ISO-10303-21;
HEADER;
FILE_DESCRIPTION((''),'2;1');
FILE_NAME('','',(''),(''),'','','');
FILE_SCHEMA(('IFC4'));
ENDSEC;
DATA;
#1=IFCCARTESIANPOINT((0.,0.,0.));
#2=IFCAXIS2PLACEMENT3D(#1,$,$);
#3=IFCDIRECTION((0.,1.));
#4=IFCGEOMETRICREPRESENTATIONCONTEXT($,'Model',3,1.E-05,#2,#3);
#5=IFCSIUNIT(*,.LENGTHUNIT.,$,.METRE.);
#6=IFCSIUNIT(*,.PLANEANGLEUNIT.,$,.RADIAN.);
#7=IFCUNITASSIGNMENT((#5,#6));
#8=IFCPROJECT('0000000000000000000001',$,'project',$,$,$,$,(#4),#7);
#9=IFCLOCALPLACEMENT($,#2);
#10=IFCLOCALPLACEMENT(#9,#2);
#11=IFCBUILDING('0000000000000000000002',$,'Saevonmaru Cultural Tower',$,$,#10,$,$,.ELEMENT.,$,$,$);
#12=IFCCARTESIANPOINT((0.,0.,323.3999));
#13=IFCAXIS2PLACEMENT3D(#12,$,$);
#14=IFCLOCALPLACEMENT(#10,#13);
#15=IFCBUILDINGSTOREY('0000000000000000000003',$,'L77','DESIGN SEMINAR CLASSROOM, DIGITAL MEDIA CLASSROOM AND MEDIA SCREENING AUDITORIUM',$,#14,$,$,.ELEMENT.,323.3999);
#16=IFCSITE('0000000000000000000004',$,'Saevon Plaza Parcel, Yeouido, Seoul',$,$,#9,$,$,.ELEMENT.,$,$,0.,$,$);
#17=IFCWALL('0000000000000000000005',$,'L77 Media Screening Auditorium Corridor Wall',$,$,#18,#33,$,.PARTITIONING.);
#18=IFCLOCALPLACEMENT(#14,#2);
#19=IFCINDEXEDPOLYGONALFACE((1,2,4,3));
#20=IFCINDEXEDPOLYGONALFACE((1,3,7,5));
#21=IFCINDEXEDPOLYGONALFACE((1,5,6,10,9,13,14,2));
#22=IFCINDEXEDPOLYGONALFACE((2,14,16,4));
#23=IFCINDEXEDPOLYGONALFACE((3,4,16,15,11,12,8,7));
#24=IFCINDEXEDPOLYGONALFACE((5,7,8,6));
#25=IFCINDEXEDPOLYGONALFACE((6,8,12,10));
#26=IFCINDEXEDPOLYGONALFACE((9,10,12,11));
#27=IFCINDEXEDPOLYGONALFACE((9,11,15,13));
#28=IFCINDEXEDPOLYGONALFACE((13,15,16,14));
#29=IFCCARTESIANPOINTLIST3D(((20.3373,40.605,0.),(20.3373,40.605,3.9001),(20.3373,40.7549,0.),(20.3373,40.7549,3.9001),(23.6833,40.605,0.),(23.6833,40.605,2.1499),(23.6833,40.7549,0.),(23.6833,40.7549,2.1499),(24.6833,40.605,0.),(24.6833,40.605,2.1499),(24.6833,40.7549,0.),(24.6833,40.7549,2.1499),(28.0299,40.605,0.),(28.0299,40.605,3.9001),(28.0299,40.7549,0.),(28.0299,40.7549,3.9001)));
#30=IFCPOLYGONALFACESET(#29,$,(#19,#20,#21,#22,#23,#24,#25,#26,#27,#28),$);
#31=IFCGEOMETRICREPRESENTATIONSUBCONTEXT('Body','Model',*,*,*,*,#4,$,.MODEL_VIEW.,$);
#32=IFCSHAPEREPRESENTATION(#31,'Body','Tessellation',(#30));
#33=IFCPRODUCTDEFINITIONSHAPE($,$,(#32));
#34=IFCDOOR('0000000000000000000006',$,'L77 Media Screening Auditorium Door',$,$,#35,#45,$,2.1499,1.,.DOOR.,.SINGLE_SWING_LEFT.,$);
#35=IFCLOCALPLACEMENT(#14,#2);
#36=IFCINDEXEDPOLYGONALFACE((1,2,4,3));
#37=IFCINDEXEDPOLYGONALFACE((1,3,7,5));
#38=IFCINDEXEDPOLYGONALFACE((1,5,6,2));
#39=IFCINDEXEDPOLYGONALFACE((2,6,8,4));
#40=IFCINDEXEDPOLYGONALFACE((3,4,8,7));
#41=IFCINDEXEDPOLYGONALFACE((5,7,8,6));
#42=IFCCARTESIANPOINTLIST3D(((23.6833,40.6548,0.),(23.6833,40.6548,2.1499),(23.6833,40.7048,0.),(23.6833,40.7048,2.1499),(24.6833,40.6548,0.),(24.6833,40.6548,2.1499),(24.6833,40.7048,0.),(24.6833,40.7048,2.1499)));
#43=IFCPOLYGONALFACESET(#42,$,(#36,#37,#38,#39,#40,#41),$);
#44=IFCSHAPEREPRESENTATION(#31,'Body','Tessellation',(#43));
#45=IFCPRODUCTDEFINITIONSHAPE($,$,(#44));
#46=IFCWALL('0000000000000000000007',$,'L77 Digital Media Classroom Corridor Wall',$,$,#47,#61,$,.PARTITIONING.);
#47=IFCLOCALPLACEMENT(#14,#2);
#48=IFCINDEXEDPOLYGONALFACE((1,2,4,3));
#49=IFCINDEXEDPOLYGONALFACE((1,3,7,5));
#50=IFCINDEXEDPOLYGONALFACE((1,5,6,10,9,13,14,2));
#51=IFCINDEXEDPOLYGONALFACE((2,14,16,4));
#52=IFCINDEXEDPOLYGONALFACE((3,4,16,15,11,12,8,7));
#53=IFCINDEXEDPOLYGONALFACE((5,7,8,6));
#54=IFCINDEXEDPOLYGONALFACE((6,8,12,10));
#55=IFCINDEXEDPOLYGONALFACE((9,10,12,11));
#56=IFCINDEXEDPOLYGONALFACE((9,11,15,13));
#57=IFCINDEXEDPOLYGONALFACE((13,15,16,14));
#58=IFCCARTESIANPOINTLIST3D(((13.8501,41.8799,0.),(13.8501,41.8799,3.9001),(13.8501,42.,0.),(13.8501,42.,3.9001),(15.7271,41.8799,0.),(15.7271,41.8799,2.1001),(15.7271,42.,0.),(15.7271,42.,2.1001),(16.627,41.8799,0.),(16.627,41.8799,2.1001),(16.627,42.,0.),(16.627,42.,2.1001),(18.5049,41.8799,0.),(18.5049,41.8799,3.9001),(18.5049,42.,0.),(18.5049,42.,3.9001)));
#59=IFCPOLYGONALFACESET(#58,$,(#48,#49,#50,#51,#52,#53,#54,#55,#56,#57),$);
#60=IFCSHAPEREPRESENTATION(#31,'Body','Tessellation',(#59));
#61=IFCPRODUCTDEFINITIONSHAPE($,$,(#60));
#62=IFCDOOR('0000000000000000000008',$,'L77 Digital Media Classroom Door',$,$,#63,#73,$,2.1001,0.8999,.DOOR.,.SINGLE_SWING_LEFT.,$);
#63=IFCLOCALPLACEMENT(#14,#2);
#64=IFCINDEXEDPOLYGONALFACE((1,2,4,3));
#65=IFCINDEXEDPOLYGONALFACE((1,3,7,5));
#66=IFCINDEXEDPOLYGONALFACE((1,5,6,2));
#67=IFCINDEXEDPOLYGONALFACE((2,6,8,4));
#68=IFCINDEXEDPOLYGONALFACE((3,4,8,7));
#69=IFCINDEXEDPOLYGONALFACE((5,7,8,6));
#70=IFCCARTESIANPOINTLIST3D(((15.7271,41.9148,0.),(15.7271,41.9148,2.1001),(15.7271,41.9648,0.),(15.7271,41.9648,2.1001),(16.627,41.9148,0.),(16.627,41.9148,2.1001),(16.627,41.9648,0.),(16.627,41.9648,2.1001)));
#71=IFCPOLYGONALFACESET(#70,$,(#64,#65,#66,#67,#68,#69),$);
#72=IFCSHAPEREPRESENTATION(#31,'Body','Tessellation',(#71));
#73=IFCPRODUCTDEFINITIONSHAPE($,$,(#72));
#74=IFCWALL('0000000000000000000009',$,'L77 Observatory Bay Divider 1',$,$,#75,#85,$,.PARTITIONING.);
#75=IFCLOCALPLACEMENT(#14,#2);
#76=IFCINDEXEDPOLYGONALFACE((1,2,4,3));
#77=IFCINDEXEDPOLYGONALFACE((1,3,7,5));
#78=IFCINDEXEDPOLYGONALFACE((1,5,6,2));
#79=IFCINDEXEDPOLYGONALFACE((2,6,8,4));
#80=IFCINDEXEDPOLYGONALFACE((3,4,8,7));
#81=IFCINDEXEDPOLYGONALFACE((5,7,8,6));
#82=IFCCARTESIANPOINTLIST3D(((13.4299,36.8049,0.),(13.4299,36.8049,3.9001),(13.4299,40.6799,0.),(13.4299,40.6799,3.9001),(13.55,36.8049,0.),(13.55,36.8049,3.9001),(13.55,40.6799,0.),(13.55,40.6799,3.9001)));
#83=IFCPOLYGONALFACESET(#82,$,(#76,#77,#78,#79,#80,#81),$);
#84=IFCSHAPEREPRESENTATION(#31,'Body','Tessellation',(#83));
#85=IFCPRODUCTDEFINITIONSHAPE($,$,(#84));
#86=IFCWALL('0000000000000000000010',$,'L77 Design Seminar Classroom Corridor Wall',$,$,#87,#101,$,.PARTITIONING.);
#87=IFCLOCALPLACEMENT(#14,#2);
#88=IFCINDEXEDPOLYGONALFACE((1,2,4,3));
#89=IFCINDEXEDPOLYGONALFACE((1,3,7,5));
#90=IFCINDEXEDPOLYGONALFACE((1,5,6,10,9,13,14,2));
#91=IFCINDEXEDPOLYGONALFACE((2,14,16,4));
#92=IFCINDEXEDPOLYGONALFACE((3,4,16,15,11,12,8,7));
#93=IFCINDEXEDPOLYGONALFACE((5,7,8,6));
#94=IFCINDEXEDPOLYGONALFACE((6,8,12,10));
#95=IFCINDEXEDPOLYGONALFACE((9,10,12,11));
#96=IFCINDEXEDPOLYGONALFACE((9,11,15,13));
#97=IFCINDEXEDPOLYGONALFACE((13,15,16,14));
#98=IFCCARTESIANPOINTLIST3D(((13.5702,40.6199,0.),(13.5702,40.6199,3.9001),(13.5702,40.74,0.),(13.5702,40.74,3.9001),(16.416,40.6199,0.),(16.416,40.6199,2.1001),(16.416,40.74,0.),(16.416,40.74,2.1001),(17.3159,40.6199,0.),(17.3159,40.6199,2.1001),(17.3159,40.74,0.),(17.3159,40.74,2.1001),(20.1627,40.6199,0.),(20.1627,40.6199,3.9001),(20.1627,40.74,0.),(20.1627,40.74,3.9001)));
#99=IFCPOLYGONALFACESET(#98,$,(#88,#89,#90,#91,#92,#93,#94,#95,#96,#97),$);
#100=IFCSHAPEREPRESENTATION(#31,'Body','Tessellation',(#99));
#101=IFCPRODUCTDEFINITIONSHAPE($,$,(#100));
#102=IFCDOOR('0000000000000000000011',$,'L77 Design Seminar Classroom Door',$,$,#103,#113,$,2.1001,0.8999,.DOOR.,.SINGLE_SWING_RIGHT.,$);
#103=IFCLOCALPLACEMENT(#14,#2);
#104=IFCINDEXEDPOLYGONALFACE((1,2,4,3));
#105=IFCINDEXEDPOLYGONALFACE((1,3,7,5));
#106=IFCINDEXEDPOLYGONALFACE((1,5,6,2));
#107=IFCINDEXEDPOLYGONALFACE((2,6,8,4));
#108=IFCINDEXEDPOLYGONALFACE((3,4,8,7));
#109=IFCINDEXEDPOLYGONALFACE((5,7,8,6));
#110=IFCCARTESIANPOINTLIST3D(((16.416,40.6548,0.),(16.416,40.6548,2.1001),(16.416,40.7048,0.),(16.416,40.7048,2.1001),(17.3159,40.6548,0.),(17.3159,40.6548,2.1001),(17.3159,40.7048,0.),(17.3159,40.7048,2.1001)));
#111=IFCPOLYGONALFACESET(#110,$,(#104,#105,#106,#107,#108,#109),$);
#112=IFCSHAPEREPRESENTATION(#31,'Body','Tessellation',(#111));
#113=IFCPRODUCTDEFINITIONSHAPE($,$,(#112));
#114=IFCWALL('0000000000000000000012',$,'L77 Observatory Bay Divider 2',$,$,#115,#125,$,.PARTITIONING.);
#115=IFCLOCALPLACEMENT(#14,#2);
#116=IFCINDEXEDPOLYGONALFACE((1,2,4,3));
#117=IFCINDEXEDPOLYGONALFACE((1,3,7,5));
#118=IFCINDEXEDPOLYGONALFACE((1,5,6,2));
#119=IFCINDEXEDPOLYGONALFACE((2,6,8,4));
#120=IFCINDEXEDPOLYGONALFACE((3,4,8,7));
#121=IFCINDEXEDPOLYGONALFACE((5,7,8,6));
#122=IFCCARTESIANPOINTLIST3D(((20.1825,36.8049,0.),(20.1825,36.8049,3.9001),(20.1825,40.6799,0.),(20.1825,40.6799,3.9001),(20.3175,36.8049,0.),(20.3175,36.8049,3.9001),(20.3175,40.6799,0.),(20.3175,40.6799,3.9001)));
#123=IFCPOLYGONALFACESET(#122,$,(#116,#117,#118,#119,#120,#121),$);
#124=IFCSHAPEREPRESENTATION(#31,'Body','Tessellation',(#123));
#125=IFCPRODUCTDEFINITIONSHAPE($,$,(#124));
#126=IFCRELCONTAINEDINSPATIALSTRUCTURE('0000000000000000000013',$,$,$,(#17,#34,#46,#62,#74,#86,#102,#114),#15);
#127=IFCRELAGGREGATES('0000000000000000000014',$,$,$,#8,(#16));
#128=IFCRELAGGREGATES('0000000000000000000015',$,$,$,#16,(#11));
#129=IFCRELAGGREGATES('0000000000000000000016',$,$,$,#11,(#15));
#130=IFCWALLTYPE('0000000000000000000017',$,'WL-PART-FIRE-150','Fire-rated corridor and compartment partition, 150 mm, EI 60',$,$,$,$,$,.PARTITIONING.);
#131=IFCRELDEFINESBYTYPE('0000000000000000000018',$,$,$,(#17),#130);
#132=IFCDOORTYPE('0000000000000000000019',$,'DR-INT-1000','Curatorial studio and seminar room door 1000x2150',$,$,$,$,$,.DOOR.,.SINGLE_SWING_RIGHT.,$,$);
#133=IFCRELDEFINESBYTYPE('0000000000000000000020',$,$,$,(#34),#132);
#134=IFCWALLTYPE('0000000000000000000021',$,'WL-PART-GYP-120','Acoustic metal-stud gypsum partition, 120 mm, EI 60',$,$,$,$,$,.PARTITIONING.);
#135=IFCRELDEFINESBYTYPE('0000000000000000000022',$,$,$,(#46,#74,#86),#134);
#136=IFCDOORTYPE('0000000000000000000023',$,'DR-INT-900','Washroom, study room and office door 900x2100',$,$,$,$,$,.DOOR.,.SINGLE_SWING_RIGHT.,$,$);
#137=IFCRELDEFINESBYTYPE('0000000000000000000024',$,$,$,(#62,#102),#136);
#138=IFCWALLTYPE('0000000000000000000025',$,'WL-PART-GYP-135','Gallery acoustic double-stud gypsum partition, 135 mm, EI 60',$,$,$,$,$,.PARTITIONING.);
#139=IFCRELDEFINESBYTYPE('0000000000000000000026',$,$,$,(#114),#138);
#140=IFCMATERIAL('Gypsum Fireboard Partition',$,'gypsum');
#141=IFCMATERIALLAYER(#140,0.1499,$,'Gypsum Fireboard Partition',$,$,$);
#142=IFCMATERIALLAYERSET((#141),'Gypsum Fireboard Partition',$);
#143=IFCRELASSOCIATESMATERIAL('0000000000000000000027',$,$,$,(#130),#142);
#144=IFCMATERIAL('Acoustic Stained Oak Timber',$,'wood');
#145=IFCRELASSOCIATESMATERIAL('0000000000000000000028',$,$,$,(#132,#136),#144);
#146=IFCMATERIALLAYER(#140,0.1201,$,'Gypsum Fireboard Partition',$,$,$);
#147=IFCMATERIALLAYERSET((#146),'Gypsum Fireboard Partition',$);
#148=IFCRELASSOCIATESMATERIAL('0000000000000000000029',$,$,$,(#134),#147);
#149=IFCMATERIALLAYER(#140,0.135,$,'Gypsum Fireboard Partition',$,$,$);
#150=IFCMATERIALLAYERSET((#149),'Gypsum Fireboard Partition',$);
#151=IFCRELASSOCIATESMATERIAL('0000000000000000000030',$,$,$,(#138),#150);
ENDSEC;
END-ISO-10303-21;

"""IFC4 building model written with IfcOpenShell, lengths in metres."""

from ifc_helpers import new_model, si_unit, direction, frame, frame_2d, origin, place, context, subcontext, project, spatial, rectangle, extrude, material, layer, layer_set, type_object, element, fill, save


model = new_model("IFC4")

# Units and contexts
model_context = context("Model", 3, precision=1e-05, world=origin(), true_north=direction((0.0, 1.0)))
body_context = subcontext(model_context, "Body", "Model", "MODEL_VIEW")
ifc_project = project(units=[si_unit("LENGTHUNIT", "METRE"), si_unit("PLANEANGLEUNIT", "RADIAN")], contexts=[model_context])

# Site, building, storey
site_placement = place(None, origin())
site = spatial("IfcSite", under=ifc_project, at=site_placement, Name="Saevon Plaza Parcel, Yeouido, Seoul", CompositionType="ELEMENT", RefElevation=0.0)
building_placement = place(site_placement, origin())
building = spatial("IfcBuilding", under=site, at=building_placement, Name="Saevonmaru Cultural Tower", CompositionType="ELEMENT")
storey_placement = place(building_placement, frame((0.0, 0.0, 323.3999)))
storey = spatial("IfcBuildingStorey", under=building, at=storey_placement, Name="L77", Description="DESIGN SEMINAR CLASSROOM, DIGITAL MEDIA CLASSROOM AND MEDIA SCREENING AUDITORIUM", CompositionType="ELEMENT", Elevation=323.3999)

# Shared definitions
ifc_material_1 = material(Name="Gypsum Fireboard Partition", Category="gypsum")
ifc_layer_1 = layer(ifc_material_1, 0.1499, Name="Gypsum Fireboard Partition")
ifc_layer_set_1 = layer_set([ifc_layer_1], Name="Gypsum Fireboard Partition")
wall_type_1 = type_object("IfcWallType", Name="WL-PART-FIRE-150", Description="Fire-rated corridor and compartment partition, 150 mm, EI 60", PredefinedType="PARTITIONING", material=ifc_layer_set_1)

# Walls, openings, doors
wall_1_placement = place(storey_placement, frame((20.3374, 40.6799, 0.0), z_axis=(0.0, 0.0, 1.0), x_axis=(1.0, 0.0, 0.0)))
wall_1 = element("IfcWall", 1, at=wall_1_placement, inside=storey, type_object=wall_type_1, Name="L77 Media Screening Auditorium Corridor Wall", PredefinedType="PARTITIONING", context=body_context, shape_type="SweptSolid", body=[
    extrude(rectangle(XDim=7.6926, YDim=0.1499, at=frame_2d((3.8462, 0.0))), origin(), (0.0, 0.0, 1.0), 3.9001),
])
opening_1_placement = place(wall_1_placement, frame((3.3459, 0.0, 0.0)))
opening_1 = element("IfcOpeningElement", 2, at=opening_1_placement, cuts=wall_1, PredefinedType="OPENING", context=body_context, shape_type="SweptSolid", body=[
    extrude(rectangle(XDim=1.0, YDim=2.1499, at=frame_2d((0.5, 1.075))), frame((0.0, 0.085, 0.0), z_axis=(0.0, -1.0, 0.0), x_axis=(1.0, 0.0, 0.0)), (0.0, 0.0, 1.0), 0.1699),
])
ifc_material_2 = material(Name="Acoustic Stained Oak Timber", Category="wood")
door_type_1 = type_object("IfcDoorType", Name="DR-INT-1000", Description="Curatorial studio and seminar room door 1000x2150", OperationType="SINGLE_SWING_RIGHT", PredefinedType="DOOR", material=ifc_material_2)
door_1_placement = place(opening_1_placement, origin())
door_1 = element("IfcDoor", 3, at=door_1_placement, inside=storey, type_object=door_type_1, Name="L77 Media Screening Auditorium Door", OperationType="SINGLE_SWING_LEFT", OverallHeight=2.1499, OverallWidth=1.0, PredefinedType="DOOR", context=body_context, shape_type="SweptSolid", body=[
    extrude(rectangle(XDim=1.0, YDim=2.1499, at=frame_2d((0.5, 1.075))), frame((0.0, 0.0249, 0.0), z_axis=(0.0, -1.0, 0.0), x_axis=(1.0, 0.0, 0.0)), (0.0, 0.0, 1.0), 0.05),
])
fill(opening_1, door_1)
ifc_layer_2 = layer(ifc_material_1, 0.1201, Name="Gypsum Fireboard Partition")
ifc_layer_set_2 = layer_set([ifc_layer_2], Name="Gypsum Fireboard Partition")
wall_type_2 = type_object("IfcWallType", Name="WL-PART-GYP-120", Description="Acoustic metal-stud gypsum partition, 120 mm, EI 60", PredefinedType="PARTITIONING", material=ifc_layer_set_2)
wall_2_placement = place(storey_placement, frame((13.8501, 41.9399, 0.0), z_axis=(0.0, 0.0, 1.0), x_axis=(1.0, 0.0, 0.0)))
wall_2 = element("IfcWall", 4, at=wall_2_placement, inside=storey, type_object=wall_type_2, Name="L77 Digital Media Classroom Corridor Wall", PredefinedType="PARTITIONING", context=body_context, shape_type="SweptSolid", body=[
    extrude(rectangle(XDim=4.6548, YDim=0.1201, at=frame_2d((2.3274, 0.0))), origin(), (0.0, 0.0, 1.0), 3.9001),
])
opening_2_placement = place(wall_2_placement, frame((1.877, 0.0, 0.0)))
opening_2 = element("IfcOpeningElement", 5, at=opening_2_placement, cuts=wall_2, PredefinedType="OPENING", context=body_context, shape_type="SweptSolid", body=[
    extrude(rectangle(XDim=0.8999, YDim=2.1001, at=frame_2d((0.45, 1.05))), frame((0.0, 0.0701, 0.0), z_axis=(0.0, -1.0, 0.0), x_axis=(1.0, 0.0, 0.0)), (0.0, 0.0, 1.0), 0.1401),
])
door_type_2 = type_object("IfcDoorType", Name="DR-INT-900", Description="Washroom, study room and office door 900x2100", OperationType="SINGLE_SWING_RIGHT", PredefinedType="DOOR", material=ifc_material_2)
door_2_placement = place(opening_2_placement, origin())
door_2 = element("IfcDoor", 6, at=door_2_placement, inside=storey, type_object=door_type_2, Name="L77 Digital Media Classroom Door", OperationType="SINGLE_SWING_LEFT", OverallHeight=2.1001, OverallWidth=0.8999, PredefinedType="DOOR", context=body_context, shape_type="SweptSolid", body=[
    extrude(rectangle(XDim=0.8999, YDim=2.1001, at=frame_2d((0.45, 1.05))), frame((0.0, 0.0249, 0.0), z_axis=(0.0, -1.0, 0.0), x_axis=(1.0, 0.0, 0.0)), (0.0, 0.0, 1.0), 0.05),
])
fill(opening_2, door_2)

# Wall
wall_3_placement = place(storey_placement, frame((13.49, 36.8049, 0.0), z_axis=(0.0, 0.0, 1.0), x_axis=(0.0, 1.0, 0.0)))
element("IfcWall", 7, at=wall_3_placement, inside=storey, type_object=wall_type_2, Name="L77 Observatory Bay Divider 1", PredefinedType="PARTITIONING", context=body_context, shape_type="SweptSolid", body=[
    extrude(rectangle(XDim=3.875, YDim=0.1201, at=frame_2d((1.9375, 0.0))), origin(), (0.0, 0.0, 1.0), 3.9001),
])

# Wall, opening, door
wall_4_placement = place(storey_placement, frame((13.5701, 40.6799, 0.0), z_axis=(0.0, 0.0, 1.0), x_axis=(1.0, 0.0, 0.0)))
wall_4 = element("IfcWall", 8, at=wall_4_placement, inside=storey, type_object=wall_type_2, Name="L77 Design Seminar Classroom Corridor Wall", PredefinedType="PARTITIONING", context=body_context, shape_type="SweptSolid", body=[
    extrude(rectangle(XDim=6.5925, YDim=0.1201, at=frame_2d((3.2964, 0.0))), origin(), (0.0, 0.0, 1.0), 3.9001),
])
opening_3_placement = place(wall_4_placement, frame((2.8459, 0.0, 0.0)))
opening_3 = element("IfcOpeningElement", 9, at=opening_3_placement, cuts=wall_4, PredefinedType="OPENING", context=body_context, shape_type="SweptSolid", body=[
    extrude(rectangle(XDim=0.8999, YDim=2.1001, at=frame_2d((0.45, 1.05))), frame((0.0, 0.0701, 0.0), z_axis=(0.0, -1.0, 0.0), x_axis=(1.0, 0.0, 0.0)), (0.0, 0.0, 1.0), 0.1401),
])
door_3_placement = place(opening_3_placement, origin())
door_3 = element("IfcDoor", 10, at=door_3_placement, inside=storey, type_object=door_type_2, Name="L77 Design Seminar Classroom Door", OperationType="SINGLE_SWING_RIGHT", OverallHeight=2.1001, OverallWidth=0.8999, PredefinedType="DOOR", context=body_context, shape_type="SweptSolid", body=[
    extrude(rectangle(XDim=0.8999, YDim=2.1001, at=frame_2d((0.45, 1.05))), frame((0.0, 0.0249, 0.0), z_axis=(0.0, -1.0, 0.0), x_axis=(1.0, 0.0, 0.0)), (0.0, 0.0, 1.0), 0.05),
])
fill(opening_3, door_3)

# Wall
ifc_layer_3 = layer(ifc_material_1, 0.135, Name="Gypsum Fireboard Partition")
ifc_layer_set_3 = layer_set([ifc_layer_3], Name="Gypsum Fireboard Partition")
wall_type_3 = type_object("IfcWallType", Name="WL-PART-GYP-135", Description="Gallery acoustic double-stud gypsum partition, 135 mm, EI 60", PredefinedType="PARTITIONING", material=ifc_layer_set_3)
wall_5_placement = place(storey_placement, frame((20.25, 36.8049, 0.0), z_axis=(0.0, 0.0, 1.0), x_axis=(0.0, 1.0, 0.0)))
element("IfcWall", 11, at=wall_5_placement, inside=storey, type_object=wall_type_3, Name="L77 Observatory Bay Divider 2", PredefinedType="PARTITIONING", context=body_context, shape_type="SweptSolid", body=[
    extrude(rectangle(XDim=3.875, YDim=0.135, at=frame_2d((1.9375, 0.0))), origin(), (0.0, 0.0, 1.0), 3.9001),
])

save(model, "model.ifc")
